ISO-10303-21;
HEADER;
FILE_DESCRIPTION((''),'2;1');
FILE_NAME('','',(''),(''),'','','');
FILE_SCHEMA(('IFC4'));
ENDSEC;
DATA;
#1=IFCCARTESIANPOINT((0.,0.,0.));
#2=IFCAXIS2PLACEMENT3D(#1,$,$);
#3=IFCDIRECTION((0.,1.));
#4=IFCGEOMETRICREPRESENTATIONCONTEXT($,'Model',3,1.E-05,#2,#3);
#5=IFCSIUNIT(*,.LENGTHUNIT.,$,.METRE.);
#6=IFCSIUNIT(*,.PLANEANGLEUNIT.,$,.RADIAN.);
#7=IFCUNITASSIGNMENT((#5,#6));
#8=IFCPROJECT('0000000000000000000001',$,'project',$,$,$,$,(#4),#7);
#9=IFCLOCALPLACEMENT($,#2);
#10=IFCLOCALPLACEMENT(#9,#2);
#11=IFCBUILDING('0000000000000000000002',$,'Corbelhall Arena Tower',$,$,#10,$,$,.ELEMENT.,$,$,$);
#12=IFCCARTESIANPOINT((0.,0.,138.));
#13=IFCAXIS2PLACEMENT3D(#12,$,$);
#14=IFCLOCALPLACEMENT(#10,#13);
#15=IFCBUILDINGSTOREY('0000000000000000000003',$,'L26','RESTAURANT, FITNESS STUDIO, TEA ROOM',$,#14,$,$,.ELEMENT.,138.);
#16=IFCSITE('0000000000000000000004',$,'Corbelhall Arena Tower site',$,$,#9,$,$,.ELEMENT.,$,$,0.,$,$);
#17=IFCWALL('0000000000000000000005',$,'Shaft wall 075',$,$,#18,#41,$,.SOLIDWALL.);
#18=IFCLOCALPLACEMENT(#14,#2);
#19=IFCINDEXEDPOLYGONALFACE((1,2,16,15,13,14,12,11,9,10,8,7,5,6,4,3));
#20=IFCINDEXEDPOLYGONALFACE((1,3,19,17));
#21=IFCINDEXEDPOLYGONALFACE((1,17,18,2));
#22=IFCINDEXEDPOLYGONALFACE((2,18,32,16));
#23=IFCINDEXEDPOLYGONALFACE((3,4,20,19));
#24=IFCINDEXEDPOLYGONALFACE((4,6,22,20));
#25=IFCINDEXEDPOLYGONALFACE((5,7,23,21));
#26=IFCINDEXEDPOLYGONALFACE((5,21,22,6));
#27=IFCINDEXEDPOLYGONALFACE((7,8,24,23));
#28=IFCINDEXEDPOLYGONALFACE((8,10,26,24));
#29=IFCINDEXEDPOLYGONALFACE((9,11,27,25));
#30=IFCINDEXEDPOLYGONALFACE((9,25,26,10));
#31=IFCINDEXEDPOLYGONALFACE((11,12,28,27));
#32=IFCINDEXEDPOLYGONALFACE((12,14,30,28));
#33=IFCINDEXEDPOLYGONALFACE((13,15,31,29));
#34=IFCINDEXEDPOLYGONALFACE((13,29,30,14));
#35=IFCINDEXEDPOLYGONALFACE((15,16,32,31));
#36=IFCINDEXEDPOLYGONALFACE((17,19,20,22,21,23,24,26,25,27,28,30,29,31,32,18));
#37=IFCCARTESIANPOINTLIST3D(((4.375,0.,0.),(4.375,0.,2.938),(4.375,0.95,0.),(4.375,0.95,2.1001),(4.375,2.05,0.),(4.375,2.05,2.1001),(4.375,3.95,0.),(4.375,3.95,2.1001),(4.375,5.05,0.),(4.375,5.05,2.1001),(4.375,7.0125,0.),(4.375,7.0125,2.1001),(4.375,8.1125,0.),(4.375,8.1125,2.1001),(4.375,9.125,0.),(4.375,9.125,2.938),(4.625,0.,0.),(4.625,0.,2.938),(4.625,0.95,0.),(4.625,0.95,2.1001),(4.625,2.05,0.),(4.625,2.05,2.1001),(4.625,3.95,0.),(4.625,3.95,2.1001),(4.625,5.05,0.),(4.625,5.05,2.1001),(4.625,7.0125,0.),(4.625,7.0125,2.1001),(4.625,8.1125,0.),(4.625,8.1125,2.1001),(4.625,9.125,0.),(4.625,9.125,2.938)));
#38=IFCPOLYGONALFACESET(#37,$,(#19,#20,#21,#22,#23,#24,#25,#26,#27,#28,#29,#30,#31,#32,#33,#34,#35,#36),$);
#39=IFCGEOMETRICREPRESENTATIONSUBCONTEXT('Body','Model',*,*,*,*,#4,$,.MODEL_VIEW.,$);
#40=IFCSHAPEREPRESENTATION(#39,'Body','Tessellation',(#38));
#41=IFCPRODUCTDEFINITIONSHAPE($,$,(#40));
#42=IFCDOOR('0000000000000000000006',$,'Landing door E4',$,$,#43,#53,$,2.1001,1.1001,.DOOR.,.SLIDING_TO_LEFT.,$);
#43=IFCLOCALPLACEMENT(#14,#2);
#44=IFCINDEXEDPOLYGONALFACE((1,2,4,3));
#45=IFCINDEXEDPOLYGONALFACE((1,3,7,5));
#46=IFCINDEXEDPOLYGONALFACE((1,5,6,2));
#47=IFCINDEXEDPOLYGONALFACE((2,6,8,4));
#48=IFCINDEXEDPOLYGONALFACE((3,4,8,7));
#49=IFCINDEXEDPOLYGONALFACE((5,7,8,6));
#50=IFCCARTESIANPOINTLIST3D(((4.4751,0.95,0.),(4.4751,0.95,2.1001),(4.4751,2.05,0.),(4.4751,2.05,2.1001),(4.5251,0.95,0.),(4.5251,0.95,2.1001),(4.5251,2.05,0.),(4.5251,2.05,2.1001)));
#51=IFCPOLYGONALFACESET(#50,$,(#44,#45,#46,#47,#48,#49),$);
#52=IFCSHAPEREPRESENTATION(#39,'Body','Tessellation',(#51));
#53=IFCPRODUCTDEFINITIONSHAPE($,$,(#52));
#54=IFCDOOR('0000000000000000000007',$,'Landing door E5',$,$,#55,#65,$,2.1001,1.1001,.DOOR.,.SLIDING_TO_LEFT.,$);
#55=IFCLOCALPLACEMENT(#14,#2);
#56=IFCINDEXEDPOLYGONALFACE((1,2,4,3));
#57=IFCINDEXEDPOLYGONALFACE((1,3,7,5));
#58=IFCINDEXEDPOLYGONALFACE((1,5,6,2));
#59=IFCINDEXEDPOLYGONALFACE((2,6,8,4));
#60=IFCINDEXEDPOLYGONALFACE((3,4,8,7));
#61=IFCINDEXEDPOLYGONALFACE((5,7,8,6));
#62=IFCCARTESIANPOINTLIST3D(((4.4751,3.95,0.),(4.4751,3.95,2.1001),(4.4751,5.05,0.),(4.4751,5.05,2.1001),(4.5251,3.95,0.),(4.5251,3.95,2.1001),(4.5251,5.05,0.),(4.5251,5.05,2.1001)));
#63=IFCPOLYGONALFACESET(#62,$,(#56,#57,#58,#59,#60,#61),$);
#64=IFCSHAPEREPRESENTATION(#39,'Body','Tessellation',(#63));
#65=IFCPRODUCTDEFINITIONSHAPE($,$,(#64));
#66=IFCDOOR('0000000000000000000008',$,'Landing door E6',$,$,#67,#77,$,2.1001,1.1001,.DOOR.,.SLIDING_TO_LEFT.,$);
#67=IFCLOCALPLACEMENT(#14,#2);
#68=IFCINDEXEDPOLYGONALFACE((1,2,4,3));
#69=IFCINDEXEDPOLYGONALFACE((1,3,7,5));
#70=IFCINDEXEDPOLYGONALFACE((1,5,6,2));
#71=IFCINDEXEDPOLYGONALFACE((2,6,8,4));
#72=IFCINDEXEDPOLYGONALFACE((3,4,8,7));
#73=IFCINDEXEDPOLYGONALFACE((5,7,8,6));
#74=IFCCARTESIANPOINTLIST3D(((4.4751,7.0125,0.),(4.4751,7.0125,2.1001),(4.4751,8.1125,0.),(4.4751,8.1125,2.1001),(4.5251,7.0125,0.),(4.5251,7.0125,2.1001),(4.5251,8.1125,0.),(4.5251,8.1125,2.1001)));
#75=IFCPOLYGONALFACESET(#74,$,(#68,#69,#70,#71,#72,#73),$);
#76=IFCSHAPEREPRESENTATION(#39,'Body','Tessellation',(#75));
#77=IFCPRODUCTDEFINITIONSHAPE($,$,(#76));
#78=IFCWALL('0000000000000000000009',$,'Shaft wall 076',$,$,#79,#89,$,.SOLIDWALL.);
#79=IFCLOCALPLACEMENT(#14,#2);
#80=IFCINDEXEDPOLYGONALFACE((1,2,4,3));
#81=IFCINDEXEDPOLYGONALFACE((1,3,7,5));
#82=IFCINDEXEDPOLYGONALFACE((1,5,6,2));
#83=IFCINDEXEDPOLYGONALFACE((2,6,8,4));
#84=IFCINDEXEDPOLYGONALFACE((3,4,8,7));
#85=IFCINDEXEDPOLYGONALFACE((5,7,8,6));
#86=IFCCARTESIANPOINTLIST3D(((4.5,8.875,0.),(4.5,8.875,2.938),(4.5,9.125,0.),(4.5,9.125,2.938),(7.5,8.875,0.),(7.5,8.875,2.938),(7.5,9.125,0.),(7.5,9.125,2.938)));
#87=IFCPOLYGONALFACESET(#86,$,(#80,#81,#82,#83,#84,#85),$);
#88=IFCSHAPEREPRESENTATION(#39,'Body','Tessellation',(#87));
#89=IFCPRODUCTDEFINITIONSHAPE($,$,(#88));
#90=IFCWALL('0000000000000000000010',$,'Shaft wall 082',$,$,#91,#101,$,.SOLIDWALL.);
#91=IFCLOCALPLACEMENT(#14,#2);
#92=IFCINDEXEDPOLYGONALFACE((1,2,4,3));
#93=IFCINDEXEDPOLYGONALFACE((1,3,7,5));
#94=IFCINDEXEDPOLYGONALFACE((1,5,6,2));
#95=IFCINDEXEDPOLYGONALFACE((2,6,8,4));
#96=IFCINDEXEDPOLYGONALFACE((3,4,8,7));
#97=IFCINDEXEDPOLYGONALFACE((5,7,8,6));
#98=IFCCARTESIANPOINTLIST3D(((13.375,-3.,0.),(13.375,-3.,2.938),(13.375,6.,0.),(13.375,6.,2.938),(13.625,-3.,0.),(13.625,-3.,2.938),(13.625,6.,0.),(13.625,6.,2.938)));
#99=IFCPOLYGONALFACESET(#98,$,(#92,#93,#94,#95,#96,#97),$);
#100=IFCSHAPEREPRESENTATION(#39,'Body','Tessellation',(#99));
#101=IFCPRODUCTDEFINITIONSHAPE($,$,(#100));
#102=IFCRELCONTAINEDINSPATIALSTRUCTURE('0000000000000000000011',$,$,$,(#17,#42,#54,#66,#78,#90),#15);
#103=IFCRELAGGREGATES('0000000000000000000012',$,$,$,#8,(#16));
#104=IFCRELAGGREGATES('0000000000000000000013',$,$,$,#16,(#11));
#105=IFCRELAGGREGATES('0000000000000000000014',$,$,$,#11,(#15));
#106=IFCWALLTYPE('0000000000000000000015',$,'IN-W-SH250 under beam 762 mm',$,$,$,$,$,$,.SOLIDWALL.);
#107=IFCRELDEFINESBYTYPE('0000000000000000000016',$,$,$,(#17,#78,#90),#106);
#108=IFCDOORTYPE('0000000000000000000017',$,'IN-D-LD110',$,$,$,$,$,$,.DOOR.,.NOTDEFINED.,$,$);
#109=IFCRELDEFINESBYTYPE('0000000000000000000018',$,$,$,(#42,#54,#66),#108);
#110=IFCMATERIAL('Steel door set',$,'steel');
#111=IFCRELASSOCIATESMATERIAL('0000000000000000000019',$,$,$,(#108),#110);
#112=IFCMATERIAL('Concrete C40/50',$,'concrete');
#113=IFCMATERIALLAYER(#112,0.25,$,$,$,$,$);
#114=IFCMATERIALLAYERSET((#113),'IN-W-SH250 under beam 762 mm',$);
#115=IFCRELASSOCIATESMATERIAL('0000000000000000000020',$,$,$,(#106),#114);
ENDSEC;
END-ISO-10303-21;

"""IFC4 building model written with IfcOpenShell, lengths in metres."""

from ifc_helpers import new_model, si_unit, direction, frame, frame_2d, origin, place, context, subcontext, project, spatial, rectangle, extrude, material, layer, layer_set, type_object, element, fill, save


model = new_model("IFC4")

# Units and contexts
model_context = context("Model", 3, precision=1e-05, world=origin(), true_north=direction((0.0, 1.0)))
body_context = subcontext(model_context, "Body", "Model", "MODEL_VIEW")
ifc_project = project(units=[si_unit("LENGTHUNIT", "METRE"), si_unit("PLANEANGLEUNIT", "RADIAN")], contexts=[model_context])

# Site, building, storey
site_placement = place(None, origin())
site = spatial("IfcSite", under=ifc_project, at=site_placement, Name="Corbelhall Arena Tower site", CompositionType="ELEMENT", RefElevation=0.0)
building_placement = place(site_placement, origin())
building = spatial("IfcBuilding", under=site, at=building_placement, Name="Corbelhall Arena Tower", CompositionType="ELEMENT")
storey_placement = place(building_placement, frame((0.0, 0.0, 138.0)))
storey = spatial("IfcBuildingStorey", under=building, at=storey_placement, Name="L26", Description="RESTAURANT, FITNESS STUDIO, TEA ROOM", CompositionType="ELEMENT", Elevation=138.0)

# Shared definitions
ifc_material_1 = material(Name="Concrete C40/50", Category="concrete")

# Shared definitions
ifc_material_2 = material(Name="Steel door set", Category="steel")

# Shared definitions
door_type_1 = type_object("IfcDoorType", Name="IN-D-LD110", OperationType="NOTDEFINED", PredefinedType="DOOR", material=ifc_material_2)

# Wall, openings, doors
ifc_layer_1 = layer(ifc_material_1, 0.25)
ifc_layer_set_1 = layer_set([ifc_layer_1], Name="IN-W-SH250 under beam 762 mm")
wall_type_1 = type_object("IfcWallType", Name="IN-W-SH250 under beam 762 mm", PredefinedType="SOLIDWALL", material=ifc_layer_set_1)
wall_1_placement = place(storey_placement, frame((4.5, 0.0, 0.0), z_axis=(0.0, 0.0, 1.0), x_axis=(0.0, 1.0, 0.0)))
wall_1 = element("IfcWall", 1, at=wall_1_placement, inside=storey, type_object=wall_type_1, Name="Shaft wall 075", PredefinedType="SOLIDWALL", context=body_context, shape_type="SweptSolid", body=[
    extrude(rectangle(XDim=9.125, YDim=0.25, at=frame_2d((4.5625, 0.0))), origin(), (0.0, 0.0, 1.0), 2.938),
])
opening_1_placement = place(wall_1_placement, frame((0.95, 0.0, 0.0)))
opening_1 = element("IfcOpeningElement", 2, at=opening_1_placement, cuts=wall_1, PredefinedType="OPENING", context=body_context, shape_type="SweptSolid", body=[
    extrude(rectangle(XDim=1.1001, YDim=2.1001, at=frame_2d((0.55, 1.05))), frame((0.0, 0.125, 0.0), z_axis=(0.0, -1.0, 0.0), x_axis=(1.0, 0.0, 0.0)), (0.0, 0.0, 1.0), 0.25),
])
opening_2_placement = place(wall_1_placement, frame((3.95, 0.0, 0.0)))
opening_2 = element("IfcOpeningElement", 3, at=opening_2_placement, cuts=wall_1, PredefinedType="OPENING", context=body_context, shape_type="SweptSolid", body=[
    extrude(rectangle(XDim=1.1001, YDim=2.1001, at=frame_2d((0.55, 1.05))), frame((0.0, 0.125, 0.0), z_axis=(0.0, -1.0, 0.0), x_axis=(1.0, 0.0, 0.0)), (0.0, 0.0, 1.0), 0.25),
])
opening_3_placement = place(wall_1_placement, frame((7.0125, 0.0, 0.0)))
opening_3 = element("IfcOpeningElement", 4, at=opening_3_placement, cuts=wall_1, PredefinedType="OPENING", context=body_context, shape_type="SweptSolid", body=[
    extrude(rectangle(XDim=1.1001, YDim=2.1001, at=frame_2d((0.55, 1.05))), frame((0.0, 0.125, 0.0), z_axis=(0.0, -1.0, 0.0), x_axis=(1.0, 0.0, 0.0)), (0.0, 0.0, 1.0), 0.25),
])
door_1_placement = place(opening_1_placement, origin())
door_1 = element("IfcDoor", 5, at=door_1_placement, inside=storey, type_object=door_type_1, Name="Landing door E4", OperationType="SLIDING_TO_LEFT", OverallHeight=2.1001, OverallWidth=1.1001, PredefinedType="DOOR", context=body_context, shape_type="SweptSolid", body=[
    extrude(rectangle(XDim=1.1001, YDim=2.1001, at=frame_2d((0.55, 1.05))), frame((0.0, 0.0249, 0.0), z_axis=(0.0, -1.0, 0.0), x_axis=(1.0, 0.0, 0.0)), (0.0, 0.0, 1.0), 0.05),
])
fill(opening_1, door_1)
door_2_placement = place(opening_2_placement, origin())
door_2 = element("IfcDoor", 6, at=door_2_placement, inside=storey, type_object=door_type_1, Name="Landing door E5", OperationType="SLIDING_TO_LEFT", OverallHeight=2.1001, OverallWidth=1.1001, PredefinedType="DOOR", context=body_context, shape_type="SweptSolid", body=[
    extrude(rectangle(XDim=1.1001, YDim=2.1001, at=frame_2d((0.55, 1.05))), frame((0.0, 0.0249, 0.0), z_axis=(0.0, -1.0, 0.0), x_axis=(1.0, 0.0, 0.0)), (0.0, 0.0, 1.0), 0.05),
])
fill(opening_2, door_2)
door_3_placement = place(opening_3_placement, origin())
door_3 = element("IfcDoor", 7, at=door_3_placement, inside=storey, type_object=door_type_1, Name="Landing door E6", OperationType="SLIDING_TO_LEFT", OverallHeight=2.1001, OverallWidth=1.1001, PredefinedType="DOOR", context=body_context, shape_type="SweptSolid", body=[
    extrude(rectangle(XDim=1.1001, YDim=2.1001, at=frame_2d((0.55, 1.05))), frame((0.0, 0.0249, 0.0), z_axis=(0.0, -1.0, 0.0), x_axis=(1.0, 0.0, 0.0)), (0.0, 0.0, 1.0), 0.05),
])
fill(opening_3, door_3)

# Walls
wall_2_placement = place(storey_placement, frame((4.5, 9.0, 0.0), z_axis=(0.0, 0.0, 1.0), x_axis=(1.0, 0.0, 0.0)))
element("IfcWall", 8, at=wall_2_placement, inside=storey, type_object=wall_type_1, Name="Shaft wall 076", PredefinedType="SOLIDWALL", context=body_context, shape_type="SweptSolid", body=[
    extrude(rectangle(XDim=3.0, YDim=0.25, at=frame_2d((1.5, 0.0))), origin(), (0.0, 0.0, 1.0), 2.938),
])
wall_3_placement = place(storey_placement, frame((13.5, 6.0, 0.0), z_axis=(0.0, 0.0, 1.0), x_axis=(0.0, -1.0, 0.0)))
element("IfcWall", 9, at=wall_3_placement, inside=storey, type_object=wall_type_1, Name="Shaft wall 082", PredefinedType="SOLIDWALL", context=body_context, shape_type="SweptSolid", body=[
    extrude(rectangle(XDim=9.0, YDim=0.25, at=frame_2d((4.5, 0.0))), origin(), (0.0, 0.0, 1.0), 2.938),
])

save(model, "model.ifc")
